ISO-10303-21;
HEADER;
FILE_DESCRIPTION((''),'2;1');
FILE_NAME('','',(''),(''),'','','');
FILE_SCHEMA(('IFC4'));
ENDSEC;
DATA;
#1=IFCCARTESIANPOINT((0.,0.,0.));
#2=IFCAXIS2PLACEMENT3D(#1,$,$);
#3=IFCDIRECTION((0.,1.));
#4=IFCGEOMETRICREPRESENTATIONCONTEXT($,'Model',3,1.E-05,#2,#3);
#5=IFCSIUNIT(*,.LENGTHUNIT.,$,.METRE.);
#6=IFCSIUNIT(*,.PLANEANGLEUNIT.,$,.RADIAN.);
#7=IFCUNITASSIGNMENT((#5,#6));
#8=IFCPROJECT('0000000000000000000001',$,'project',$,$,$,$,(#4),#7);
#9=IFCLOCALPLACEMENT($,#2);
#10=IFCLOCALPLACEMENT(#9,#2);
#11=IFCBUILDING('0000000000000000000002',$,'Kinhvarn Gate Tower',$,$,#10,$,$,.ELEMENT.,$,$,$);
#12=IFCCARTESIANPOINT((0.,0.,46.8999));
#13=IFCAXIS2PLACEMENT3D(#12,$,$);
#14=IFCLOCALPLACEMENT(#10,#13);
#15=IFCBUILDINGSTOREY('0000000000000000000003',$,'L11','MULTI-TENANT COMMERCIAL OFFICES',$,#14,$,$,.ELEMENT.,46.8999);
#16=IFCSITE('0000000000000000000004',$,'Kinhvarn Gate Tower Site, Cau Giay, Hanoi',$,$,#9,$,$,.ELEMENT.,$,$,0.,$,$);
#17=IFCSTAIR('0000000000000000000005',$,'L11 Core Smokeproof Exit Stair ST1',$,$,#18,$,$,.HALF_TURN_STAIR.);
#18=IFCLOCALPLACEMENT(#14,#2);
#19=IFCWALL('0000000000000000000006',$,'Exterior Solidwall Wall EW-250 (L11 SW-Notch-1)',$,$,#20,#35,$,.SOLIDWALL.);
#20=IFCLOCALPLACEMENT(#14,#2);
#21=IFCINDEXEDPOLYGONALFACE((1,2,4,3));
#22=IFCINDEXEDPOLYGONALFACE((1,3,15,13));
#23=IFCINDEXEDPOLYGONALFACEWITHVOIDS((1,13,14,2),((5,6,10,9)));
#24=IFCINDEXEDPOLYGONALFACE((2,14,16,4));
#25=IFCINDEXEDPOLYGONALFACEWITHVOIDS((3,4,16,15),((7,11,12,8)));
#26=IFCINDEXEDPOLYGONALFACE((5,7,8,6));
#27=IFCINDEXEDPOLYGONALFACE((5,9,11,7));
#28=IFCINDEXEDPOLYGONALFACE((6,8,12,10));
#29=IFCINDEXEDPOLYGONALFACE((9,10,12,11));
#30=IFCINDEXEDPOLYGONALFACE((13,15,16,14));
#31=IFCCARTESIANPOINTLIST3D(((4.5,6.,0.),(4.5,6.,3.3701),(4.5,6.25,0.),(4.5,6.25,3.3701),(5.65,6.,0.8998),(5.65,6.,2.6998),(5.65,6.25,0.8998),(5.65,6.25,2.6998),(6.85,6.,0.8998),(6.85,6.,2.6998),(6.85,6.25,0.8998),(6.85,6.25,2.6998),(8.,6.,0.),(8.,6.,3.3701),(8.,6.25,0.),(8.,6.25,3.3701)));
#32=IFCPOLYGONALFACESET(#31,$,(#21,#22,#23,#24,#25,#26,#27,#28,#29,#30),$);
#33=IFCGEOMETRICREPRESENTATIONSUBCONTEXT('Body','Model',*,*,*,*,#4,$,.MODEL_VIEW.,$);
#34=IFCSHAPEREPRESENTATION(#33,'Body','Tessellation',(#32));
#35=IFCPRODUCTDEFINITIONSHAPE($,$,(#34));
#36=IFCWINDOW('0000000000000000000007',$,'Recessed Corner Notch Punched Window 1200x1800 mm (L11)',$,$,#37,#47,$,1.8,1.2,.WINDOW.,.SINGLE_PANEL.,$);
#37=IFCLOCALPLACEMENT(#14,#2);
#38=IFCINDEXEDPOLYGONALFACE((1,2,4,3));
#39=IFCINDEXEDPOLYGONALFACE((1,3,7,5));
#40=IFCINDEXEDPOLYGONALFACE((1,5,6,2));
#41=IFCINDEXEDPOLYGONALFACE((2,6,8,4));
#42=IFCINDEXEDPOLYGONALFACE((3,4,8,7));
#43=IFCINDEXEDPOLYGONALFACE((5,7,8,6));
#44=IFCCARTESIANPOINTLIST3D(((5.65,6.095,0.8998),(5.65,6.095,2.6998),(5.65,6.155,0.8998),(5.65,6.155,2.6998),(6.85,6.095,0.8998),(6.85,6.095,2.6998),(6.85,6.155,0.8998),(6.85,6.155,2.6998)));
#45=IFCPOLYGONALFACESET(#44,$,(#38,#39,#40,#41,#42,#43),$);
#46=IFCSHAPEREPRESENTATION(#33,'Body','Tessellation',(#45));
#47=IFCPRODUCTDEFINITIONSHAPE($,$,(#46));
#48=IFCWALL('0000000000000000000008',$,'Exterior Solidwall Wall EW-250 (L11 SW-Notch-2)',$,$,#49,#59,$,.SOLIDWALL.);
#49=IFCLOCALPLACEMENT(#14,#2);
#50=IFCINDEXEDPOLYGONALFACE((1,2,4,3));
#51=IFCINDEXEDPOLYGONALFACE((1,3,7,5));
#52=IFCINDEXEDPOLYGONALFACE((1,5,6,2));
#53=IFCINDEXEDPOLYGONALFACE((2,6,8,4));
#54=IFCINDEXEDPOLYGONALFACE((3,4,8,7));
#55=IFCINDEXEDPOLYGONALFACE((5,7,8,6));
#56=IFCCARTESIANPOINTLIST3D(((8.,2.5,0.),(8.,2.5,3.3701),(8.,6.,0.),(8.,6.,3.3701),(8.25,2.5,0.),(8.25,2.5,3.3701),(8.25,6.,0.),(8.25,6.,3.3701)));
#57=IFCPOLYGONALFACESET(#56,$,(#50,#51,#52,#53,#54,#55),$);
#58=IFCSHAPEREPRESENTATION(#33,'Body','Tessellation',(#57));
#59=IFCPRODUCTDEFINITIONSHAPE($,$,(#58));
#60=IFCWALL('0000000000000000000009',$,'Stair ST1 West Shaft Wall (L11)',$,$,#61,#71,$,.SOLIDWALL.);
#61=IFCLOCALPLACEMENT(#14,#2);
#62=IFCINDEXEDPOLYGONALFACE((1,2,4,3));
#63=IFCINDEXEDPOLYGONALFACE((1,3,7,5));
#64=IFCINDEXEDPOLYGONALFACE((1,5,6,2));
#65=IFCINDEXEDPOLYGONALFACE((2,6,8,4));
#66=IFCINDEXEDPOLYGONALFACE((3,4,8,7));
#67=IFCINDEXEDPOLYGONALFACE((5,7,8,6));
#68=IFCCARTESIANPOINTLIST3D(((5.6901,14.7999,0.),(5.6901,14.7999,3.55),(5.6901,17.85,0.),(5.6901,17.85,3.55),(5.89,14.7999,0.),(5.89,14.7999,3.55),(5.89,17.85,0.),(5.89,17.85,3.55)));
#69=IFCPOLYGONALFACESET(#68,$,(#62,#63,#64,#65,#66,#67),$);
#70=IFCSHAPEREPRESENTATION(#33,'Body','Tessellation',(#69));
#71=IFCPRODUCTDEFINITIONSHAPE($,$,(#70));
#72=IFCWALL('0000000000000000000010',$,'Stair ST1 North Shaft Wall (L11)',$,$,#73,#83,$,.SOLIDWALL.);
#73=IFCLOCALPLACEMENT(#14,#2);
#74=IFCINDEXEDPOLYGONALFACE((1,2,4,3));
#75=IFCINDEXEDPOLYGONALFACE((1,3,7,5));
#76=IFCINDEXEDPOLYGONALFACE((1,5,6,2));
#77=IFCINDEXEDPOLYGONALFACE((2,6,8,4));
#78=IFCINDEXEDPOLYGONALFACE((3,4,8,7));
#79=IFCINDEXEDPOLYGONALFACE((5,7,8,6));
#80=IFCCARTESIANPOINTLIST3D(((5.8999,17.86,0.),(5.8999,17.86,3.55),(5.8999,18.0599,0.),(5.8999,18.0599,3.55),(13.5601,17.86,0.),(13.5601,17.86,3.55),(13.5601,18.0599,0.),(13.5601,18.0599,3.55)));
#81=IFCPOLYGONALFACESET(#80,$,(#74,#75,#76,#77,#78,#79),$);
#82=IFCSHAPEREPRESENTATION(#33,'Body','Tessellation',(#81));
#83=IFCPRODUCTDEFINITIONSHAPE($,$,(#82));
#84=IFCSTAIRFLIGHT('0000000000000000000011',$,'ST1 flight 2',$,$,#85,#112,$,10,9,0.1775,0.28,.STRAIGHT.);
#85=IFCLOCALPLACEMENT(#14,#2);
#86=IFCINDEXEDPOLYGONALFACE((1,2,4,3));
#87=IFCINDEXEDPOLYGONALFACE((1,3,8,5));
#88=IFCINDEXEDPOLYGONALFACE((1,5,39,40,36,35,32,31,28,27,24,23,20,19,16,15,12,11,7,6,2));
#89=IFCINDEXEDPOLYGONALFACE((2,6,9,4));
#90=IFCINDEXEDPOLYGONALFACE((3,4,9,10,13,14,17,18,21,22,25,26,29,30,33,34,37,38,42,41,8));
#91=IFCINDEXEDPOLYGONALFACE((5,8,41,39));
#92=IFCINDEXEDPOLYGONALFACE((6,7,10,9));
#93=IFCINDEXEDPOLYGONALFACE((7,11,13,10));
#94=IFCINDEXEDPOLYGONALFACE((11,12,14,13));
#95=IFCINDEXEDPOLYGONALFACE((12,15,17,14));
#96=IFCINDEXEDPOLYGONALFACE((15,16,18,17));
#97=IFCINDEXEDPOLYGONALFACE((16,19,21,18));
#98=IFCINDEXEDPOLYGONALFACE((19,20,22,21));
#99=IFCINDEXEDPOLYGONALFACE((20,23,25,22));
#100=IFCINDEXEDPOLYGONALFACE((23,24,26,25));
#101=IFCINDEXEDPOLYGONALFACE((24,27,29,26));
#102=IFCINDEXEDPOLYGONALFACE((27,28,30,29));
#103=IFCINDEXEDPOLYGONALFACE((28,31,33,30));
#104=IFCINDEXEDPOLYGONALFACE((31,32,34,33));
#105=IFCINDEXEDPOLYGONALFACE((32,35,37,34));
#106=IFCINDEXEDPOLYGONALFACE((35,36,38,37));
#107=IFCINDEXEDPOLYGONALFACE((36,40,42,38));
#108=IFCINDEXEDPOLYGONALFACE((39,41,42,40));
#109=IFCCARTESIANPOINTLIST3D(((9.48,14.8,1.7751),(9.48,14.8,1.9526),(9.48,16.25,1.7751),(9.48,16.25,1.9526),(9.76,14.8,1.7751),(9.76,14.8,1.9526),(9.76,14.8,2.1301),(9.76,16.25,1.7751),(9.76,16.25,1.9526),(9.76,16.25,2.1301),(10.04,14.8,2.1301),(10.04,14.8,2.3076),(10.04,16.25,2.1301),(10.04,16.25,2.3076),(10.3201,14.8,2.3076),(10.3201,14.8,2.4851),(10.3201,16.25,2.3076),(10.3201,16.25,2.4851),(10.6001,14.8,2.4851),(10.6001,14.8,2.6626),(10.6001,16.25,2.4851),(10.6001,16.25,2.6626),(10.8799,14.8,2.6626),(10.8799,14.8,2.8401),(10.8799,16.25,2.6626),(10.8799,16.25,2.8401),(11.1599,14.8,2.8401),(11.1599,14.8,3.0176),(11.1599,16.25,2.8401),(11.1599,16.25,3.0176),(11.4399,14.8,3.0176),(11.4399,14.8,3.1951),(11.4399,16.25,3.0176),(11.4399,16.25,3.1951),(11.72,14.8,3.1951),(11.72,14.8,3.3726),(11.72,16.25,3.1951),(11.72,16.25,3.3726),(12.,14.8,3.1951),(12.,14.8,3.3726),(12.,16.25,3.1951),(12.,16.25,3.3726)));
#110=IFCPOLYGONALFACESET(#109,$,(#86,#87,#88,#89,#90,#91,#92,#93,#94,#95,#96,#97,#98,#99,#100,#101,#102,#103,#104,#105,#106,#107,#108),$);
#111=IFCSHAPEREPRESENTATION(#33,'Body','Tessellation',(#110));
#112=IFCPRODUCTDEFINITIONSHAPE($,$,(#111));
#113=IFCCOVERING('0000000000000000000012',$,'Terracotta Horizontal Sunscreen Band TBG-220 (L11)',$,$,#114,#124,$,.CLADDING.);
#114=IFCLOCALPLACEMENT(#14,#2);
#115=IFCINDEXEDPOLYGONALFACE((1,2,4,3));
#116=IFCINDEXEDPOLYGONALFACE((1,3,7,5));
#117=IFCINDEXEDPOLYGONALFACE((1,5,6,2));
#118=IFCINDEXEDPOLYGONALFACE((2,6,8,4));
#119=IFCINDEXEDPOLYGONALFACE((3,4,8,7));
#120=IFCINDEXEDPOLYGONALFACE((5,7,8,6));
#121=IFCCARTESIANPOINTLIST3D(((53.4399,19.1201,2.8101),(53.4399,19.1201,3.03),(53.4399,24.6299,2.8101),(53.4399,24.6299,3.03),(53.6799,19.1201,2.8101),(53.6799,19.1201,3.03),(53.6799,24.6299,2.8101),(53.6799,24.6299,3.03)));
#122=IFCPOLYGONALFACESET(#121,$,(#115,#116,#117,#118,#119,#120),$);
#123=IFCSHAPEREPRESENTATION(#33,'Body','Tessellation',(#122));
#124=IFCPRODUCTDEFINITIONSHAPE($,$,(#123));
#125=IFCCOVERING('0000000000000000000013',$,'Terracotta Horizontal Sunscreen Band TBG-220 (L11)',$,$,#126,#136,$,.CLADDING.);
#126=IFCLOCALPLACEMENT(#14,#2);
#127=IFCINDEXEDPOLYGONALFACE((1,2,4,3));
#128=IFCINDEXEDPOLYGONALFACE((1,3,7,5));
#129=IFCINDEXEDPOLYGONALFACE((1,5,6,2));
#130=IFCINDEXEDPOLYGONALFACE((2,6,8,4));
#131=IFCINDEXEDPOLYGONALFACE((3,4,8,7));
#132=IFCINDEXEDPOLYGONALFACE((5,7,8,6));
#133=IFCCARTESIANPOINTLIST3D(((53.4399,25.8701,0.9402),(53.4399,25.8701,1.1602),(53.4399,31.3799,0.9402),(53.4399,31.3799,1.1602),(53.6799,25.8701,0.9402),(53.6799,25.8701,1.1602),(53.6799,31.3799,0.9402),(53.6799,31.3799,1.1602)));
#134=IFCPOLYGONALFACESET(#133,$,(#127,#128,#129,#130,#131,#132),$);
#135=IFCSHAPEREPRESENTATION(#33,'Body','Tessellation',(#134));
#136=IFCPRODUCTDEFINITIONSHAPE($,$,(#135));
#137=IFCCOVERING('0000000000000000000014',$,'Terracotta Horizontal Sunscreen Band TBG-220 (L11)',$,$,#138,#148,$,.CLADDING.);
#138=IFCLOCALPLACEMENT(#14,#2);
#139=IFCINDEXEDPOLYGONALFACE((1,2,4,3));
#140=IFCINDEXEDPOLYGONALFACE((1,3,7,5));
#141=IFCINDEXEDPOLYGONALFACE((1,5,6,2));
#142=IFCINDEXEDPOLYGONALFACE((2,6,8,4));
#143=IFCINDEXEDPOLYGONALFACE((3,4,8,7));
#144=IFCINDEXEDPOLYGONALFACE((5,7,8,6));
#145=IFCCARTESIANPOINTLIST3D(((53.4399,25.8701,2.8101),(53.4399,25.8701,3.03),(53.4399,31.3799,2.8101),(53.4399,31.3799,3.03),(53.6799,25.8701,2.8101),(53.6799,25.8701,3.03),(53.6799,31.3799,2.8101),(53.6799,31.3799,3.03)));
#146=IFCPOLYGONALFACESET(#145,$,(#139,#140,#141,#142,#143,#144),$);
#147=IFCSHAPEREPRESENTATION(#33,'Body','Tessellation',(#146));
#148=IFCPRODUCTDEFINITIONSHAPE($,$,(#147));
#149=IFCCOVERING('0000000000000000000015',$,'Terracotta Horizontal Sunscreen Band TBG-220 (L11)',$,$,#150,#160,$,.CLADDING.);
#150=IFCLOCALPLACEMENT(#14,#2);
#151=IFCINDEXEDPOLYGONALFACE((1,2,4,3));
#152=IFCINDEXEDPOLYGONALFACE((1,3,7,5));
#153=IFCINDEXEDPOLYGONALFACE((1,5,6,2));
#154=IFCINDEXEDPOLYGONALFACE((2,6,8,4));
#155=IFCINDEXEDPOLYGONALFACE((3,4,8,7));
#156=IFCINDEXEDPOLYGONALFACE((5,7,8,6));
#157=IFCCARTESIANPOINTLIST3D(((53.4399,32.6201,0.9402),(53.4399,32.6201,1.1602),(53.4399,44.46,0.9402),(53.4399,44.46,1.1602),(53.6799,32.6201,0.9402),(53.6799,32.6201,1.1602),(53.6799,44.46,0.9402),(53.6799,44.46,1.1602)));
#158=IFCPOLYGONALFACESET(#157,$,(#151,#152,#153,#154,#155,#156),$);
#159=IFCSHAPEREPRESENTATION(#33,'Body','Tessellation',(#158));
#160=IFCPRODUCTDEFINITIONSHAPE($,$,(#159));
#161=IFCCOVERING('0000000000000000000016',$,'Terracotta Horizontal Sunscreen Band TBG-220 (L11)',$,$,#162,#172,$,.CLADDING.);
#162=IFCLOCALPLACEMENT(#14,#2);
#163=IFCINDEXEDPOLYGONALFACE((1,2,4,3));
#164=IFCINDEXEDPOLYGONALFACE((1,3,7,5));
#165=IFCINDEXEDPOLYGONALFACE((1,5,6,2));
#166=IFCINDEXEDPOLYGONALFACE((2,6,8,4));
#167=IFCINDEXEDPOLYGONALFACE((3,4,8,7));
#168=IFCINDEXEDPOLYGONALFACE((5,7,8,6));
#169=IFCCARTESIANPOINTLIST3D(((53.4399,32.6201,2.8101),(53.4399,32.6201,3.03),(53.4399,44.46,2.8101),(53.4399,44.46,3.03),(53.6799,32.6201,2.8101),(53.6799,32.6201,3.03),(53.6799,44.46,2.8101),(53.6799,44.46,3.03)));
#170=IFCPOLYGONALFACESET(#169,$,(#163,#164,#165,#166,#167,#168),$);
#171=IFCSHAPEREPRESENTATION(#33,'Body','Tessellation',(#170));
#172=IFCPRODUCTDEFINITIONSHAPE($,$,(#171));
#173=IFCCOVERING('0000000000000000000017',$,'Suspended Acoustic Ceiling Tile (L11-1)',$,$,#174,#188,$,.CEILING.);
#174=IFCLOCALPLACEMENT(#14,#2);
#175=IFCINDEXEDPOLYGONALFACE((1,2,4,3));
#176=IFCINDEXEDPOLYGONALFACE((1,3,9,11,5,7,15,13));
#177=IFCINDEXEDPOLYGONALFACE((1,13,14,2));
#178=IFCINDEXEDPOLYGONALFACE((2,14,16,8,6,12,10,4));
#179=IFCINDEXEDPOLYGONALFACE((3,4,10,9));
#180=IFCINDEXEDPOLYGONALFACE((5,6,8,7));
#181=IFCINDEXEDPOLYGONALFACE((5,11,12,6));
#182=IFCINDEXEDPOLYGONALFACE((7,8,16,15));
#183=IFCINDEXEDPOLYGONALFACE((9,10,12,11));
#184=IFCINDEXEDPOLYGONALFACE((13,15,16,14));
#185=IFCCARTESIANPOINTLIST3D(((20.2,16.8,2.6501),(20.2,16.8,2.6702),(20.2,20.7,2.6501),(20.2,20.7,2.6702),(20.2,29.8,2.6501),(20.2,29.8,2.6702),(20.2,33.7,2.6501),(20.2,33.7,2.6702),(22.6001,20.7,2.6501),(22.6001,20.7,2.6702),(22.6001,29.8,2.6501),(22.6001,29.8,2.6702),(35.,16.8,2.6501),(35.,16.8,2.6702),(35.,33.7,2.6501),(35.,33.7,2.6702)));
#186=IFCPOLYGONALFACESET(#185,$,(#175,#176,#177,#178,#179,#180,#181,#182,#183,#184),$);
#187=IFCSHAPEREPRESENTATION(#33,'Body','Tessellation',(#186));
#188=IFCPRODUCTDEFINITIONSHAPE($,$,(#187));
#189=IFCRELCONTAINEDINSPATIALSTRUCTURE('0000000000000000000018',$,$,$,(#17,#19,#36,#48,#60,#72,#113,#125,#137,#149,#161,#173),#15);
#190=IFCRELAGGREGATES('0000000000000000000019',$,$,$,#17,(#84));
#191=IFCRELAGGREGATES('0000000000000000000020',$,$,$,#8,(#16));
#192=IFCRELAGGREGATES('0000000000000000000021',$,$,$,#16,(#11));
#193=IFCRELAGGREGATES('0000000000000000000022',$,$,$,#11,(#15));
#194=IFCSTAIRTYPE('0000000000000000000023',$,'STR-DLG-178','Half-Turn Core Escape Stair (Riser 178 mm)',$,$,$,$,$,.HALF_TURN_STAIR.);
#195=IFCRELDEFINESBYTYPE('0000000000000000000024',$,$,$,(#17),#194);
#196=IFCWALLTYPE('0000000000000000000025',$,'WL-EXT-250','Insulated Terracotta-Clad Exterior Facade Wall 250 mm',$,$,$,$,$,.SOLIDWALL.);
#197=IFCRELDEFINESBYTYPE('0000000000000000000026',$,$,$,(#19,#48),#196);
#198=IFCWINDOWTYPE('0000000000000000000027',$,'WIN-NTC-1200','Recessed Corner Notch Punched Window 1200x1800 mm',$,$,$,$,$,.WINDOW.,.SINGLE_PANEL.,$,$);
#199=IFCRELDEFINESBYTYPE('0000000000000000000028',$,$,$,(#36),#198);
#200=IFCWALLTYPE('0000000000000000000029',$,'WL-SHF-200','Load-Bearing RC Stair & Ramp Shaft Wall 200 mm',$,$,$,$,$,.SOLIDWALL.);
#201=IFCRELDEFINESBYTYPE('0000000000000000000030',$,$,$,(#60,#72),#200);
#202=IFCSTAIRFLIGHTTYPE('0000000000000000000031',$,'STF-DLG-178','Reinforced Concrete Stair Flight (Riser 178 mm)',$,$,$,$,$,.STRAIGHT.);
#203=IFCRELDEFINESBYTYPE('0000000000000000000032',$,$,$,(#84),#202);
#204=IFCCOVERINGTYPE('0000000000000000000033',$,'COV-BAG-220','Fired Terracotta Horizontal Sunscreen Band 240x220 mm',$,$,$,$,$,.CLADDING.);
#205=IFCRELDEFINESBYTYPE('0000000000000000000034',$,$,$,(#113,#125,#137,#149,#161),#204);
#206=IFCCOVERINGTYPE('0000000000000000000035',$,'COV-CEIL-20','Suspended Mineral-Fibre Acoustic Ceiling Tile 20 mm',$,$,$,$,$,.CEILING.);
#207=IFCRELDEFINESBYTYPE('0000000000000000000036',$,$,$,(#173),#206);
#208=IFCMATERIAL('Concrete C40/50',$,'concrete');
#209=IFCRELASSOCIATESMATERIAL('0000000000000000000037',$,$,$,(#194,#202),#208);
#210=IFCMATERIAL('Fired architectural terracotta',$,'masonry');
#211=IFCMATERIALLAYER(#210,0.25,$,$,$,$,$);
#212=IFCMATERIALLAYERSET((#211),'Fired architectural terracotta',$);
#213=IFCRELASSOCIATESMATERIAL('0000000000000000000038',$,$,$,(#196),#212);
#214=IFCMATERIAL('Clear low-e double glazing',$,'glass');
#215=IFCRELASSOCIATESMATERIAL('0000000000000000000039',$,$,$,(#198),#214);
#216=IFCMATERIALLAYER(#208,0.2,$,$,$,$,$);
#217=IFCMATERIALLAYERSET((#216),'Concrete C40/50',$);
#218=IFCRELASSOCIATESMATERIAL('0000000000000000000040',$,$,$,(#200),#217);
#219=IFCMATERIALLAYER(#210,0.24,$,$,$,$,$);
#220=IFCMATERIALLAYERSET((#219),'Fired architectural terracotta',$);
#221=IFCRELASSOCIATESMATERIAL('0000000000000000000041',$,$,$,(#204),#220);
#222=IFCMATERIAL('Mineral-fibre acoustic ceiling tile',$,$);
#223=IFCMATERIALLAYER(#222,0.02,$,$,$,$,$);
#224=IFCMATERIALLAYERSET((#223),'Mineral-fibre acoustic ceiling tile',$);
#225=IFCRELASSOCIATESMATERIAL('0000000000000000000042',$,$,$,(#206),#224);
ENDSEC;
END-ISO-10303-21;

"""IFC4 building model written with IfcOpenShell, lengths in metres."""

from ifc_helpers import new_model, si_unit, direction, frame, frame_2d, origin, place, context, subcontext, project, spatial, polyline, rectangle, outline, extrude, material, layer, layer_set, type_object, element, fill, aggregate, save


model = new_model("IFC4")

# Units and contexts
model_context = context("Model", 3, precision=1e-05, world=origin(), true_north=direction((0.0, 1.0)))
body_context = subcontext(model_context, "Body", "Model", "MODEL_VIEW")
ifc_project = project(units=[si_unit("LENGTHUNIT", "METRE"), si_unit("PLANEANGLEUNIT", "RADIAN")], contexts=[model_context])

# Site, building, storey
site_placement = place(None, origin())
site = spatial("IfcSite", under=ifc_project, at=site_placement, Name="Kinhvarn Gate Tower Site, Cau Giay, Hanoi", CompositionType="ELEMENT", RefElevation=0.0)
building_placement = place(site_placement, origin())
building = spatial("IfcBuilding", under=site, at=building_placement, Name="Kinhvarn Gate Tower", CompositionType="ELEMENT")
storey_placement = place(building_placement, frame((0.0, 0.0, 46.8999)))
storey = spatial("IfcBuildingStorey", under=building, at=storey_placement, Name="L11", Description="MULTI-TENANT COMMERCIAL OFFICES", CompositionType="ELEMENT", Elevation=46.8999)

# Shared definitions
ifc_material_1 = material(Name="Clear low-e double glazing", Category="glass")

# Stair
ifc_material_2 = material(Name="Concrete C40/50", Category="concrete")
stair_type = type_object("IfcStairType", Name="STR-DLG-178", Description="Half-Turn Core Escape Stair (Riser 178 mm)", PredefinedType="HALF_TURN_STAIR", material=ifc_material_2)
stair_1_placement = place(storey_placement, origin())
stair_1 = element("IfcStair", 1, at=stair_1_placement, inside=storey, type_object=stair_type, Name="L11 Core Smokeproof Exit Stair ST1", PredefinedType="HALF_TURN_STAIR")

# Wall, opening, window
ifc_material_3 = material(Name="Fired architectural terracotta", Category="masonry")
ifc_layer_1 = layer(ifc_material_3, 0.25)
ifc_layer_set_1 = layer_set([ifc_layer_1], Name="Fired architectural terracotta")
wall_type_1 = type_object("IfcWallType", Name="WL-EXT-250", Description="Insulated Terracotta-Clad Exterior Facade Wall 250 mm", PredefinedType="SOLIDWALL", material=ifc_layer_set_1)
wall_1_placement = place(storey_placement, frame((4.5, 6.125, 0.0), z_axis=(0.0, 0.0, 1.0), x_axis=(1.0, 0.0, 0.0)))
wall_1 = element("IfcWall", 2, at=wall_1_placement, inside=storey, type_object=wall_type_1, Name="Exterior Solidwall Wall EW-250 (L11 SW-Notch-1)", PredefinedType="SOLIDWALL", context=body_context, shape_type="SweptSolid", body=[
    extrude(rectangle(XDim=3.5, YDim=0.25, at=frame_2d((1.75, 0.0))), origin(), (0.0, 0.0, 1.0), 3.3701),
])
opening_1_placement = place(wall_1_placement, frame((1.1499, 0.0, 0.8999)))
opening_1 = element("IfcOpeningElement", 3, at=opening_1_placement, cuts=wall_1, PredefinedType="OPENING", context=body_context, shape_type="SweptSolid", body=[
    extrude(rectangle(XDim=1.2, YDim=1.8, at=frame_2d((0.6001, 0.8999))), frame((0.0, 0.135, 0.0), z_axis=(0.0, -1.0, 0.0), x_axis=(1.0, 0.0, 0.0)), (0.0, 0.0, 1.0), 0.27),
])
window_type_1 = type_object("IfcWindowType", Name="WIN-NTC-1200", Description="Recessed Corner Notch Punched Window 1200x1800 mm", PartitioningType="SINGLE_PANEL", PredefinedType="WINDOW", material=ifc_material_1)
window_1_placement = place(opening_1_placement, origin())
window_1 = element("IfcWindow", 4, at=window_1_placement, inside=storey, type_object=window_type_1, Name="Recessed Corner Notch Punched Window 1200x1800 mm (L11)", OverallHeight=1.8, OverallWidth=1.2, PartitioningType="SINGLE_PANEL", PredefinedType="WINDOW", context=body_context, shape_type="SweptSolid", body=[
    extrude(rectangle(XDim=1.2, YDim=1.8, at=frame_2d((0.6001, 0.8999))), frame((0.0, 0.03, 0.0), z_axis=(0.0, -1.0, 0.0), x_axis=(1.0, 0.0, 0.0)), (0.0, 0.0, 1.0), 0.0601),
])
fill(opening_1, window_1)

# Walls
wall_2_placement = place(storey_placement, frame((8.125, 6.0, 0.0), z_axis=(0.0, 0.0, 1.0), x_axis=(0.0, -1.0, 0.0)))
element("IfcWall", 5, at=wall_2_placement, inside=storey, type_object=wall_type_1, Name="Exterior Solidwall Wall EW-250 (L11 SW-Notch-2)", PredefinedType="SOLIDWALL", context=body_context, shape_type="SweptSolid", body=[
    extrude(rectangle(XDim=3.5, YDim=0.25, at=frame_2d((1.75, 0.0))), origin(), (0.0, 0.0, 1.0), 3.3701),
])
ifc_layer_2 = layer(ifc_material_2, 0.2)
ifc_layer_set_2 = layer_set([ifc_layer_2], Name="Concrete C40/50")
wall_type_2 = type_object("IfcWallType", Name="WL-SHF-200", Description="Load-Bearing RC Stair & Ramp Shaft Wall 200 mm", PredefinedType="SOLIDWALL", material=ifc_layer_set_2)
wall_3_placement = place(storey_placement, frame((5.79, 14.8, 0.0), z_axis=(0.0, 0.0, 1.0), x_axis=(0.0, 1.0, 0.0)))
element("IfcWall", 6, at=wall_3_placement, inside=storey, type_object=wall_type_2, Name="Stair ST1 West Shaft Wall (L11)", PredefinedType="SOLIDWALL", context=body_context, shape_type="SweptSolid", body=[
    extrude(rectangle(XDim=3.05, YDim=0.2, at=frame_2d((1.5249, 0.0))), origin(), (0.0, 0.0, 1.0), 3.55),
])
wall_4_placement = place(storey_placement, frame((5.8999, 17.96, 0.0), z_axis=(0.0, 0.0, 1.0), x_axis=(1.0, 0.0, 0.0)))
element("IfcWall", 7, at=wall_4_placement, inside=storey, type_object=wall_type_2, Name="Stair ST1 North Shaft Wall (L11)", PredefinedType="SOLIDWALL", context=body_context, shape_type="SweptSolid", body=[
    extrude(rectangle(XDim=7.6602, YDim=0.2, at=frame_2d((3.8301, 0.0))), origin(), (0.0, 0.0, 1.0), 3.55),
])

# Stair flight
stair_flight_type = type_object("IfcStairFlightType", Name="STF-DLG-178", Description="Reinforced Concrete Stair Flight (Riser 178 mm)", PredefinedType="STRAIGHT", material=ifc_material_2)
stair_flight_placement = place(storey_placement, frame((9.48, 15.5249, 1.7751), z_axis=(0.0, 0.0, 1.0), x_axis=(1.0, 0.0, 0.0)))
stair_flight = element("IfcStairFlight", 8, at=stair_flight_placement, type_object=stair_flight_type, Name="ST1 flight 2", NumberOfRisers=10, NumberOfTreads=9, PredefinedType="STRAIGHT", RiserHeight=0.1775, TreadLength=0.28, context=body_context, shape_type="SweptSolid", body=[
    extrude(outline(polyline([(0.0, 0.0), (0.0, 0.1775), (0.28, 0.1775), (0.28, 0.355), (0.5601, 0.355), (0.5601, 0.5325), (0.8401, 0.5325), (0.8401, 0.71), (1.1201, 0.71), (1.1201, 0.8875), (1.3999, 0.8875), (1.3999, 1.0649), (1.6799, 1.0649), (1.6799, 1.2424), (1.96, 1.2424), (1.96, 1.4199), (2.24, 1.4199), (2.24, 1.5974), (2.52, 1.5974), (2.52, 1.7749), (2.52, 1.4199), (0.28, 0.0), (0.0, 0.0)])), frame((0.0, 0.7251, 0.0), z_axis=(0.0, -1.0, 0.0), x_axis=(1.0, 0.0, 0.0)), (0.0, 0.0, 1.0), 1.45),
])
aggregate(stair_1, [stair_flight])

# Coverings
ifc_layer_3 = layer(ifc_material_3, 0.24)
ifc_layer_set_3 = layer_set([ifc_layer_3], Name="Fired architectural terracotta")
covering_type_1 = type_object("IfcCoveringType", Name="COV-BAG-220", Description="Fired Terracotta Horizontal Sunscreen Band 240x220 mm", PredefinedType="CLADDING", material=ifc_layer_set_3)
covering_1_placement = place(storey_placement, frame((0.0, 0.0, 2.8101)))
element("IfcCovering", 9, at=covering_1_placement, inside=storey, type_object=covering_type_1, Name="Terracotta Horizontal Sunscreen Band TBG-220 (L11)", PredefinedType="CLADDING", context=body_context, shape_type="SweptSolid", body=[
    extrude(outline(polyline([(53.4399, 19.1201), (53.4399, 24.6299), (53.6799, 24.6299), (53.6799, 19.1201), (53.4399, 19.1201)])), origin(), (0.0, 0.0, 1.0), 0.22),
])
for number, where, name in (
    (10, (0.0, 0.0, 0.9402), "Terracotta Horizontal Sunscreen Band TBG-220 (L11)"),
    (11, (0.0, 0.0, 2.8101), "Terracotta Horizontal Sunscreen Band TBG-220 (L11)"),
):
    element("IfcCovering", number, at=place(storey_placement, frame(where)), inside=storey, type_object=covering_type_1, Name=name, PredefinedType="CLADDING", context=body_context, shape_type="SweptSolid", body=[
        extrude(outline(polyline([(53.4399, 25.8701), (53.4399, 31.3799), (53.6799, 31.3799), (53.6799, 25.8701), (53.4399, 25.8701)])), origin(), (0.0, 0.0, 1.0), 0.22),
    ])
for number, where, name in (
    (12, (0.0, 0.0, 0.9402), "Terracotta Horizontal Sunscreen Band TBG-220 (L11)"),
    (13, (0.0, 0.0, 2.8101), "Terracotta Horizontal Sunscreen Band TBG-220 (L11)"),
):
    element("IfcCovering", number, at=place(storey_placement, frame(where)), inside=storey, type_object=covering_type_1, Name=name, PredefinedType="CLADDING", context=body_context, shape_type="SweptSolid", body=[
        extrude(outline(polyline([(53.4399, 32.6201), (53.4399, 44.46), (53.6799, 44.46), (53.6799, 32.6201), (53.4399, 32.6201)])), origin(), (0.0, 0.0, 1.0), 0.22),
    ])
ifc_material_4 = material(Name="Mineral-fibre acoustic ceiling tile")
ifc_layer_4 = layer(ifc_material_4, 0.02)
ifc_layer_set_4 = layer_set([ifc_layer_4], Name="Mineral-fibre acoustic ceiling tile")
covering_type_2 = type_object("IfcCoveringType", Name="COV-CEIL-20", Description="Suspended Mineral-Fibre Acoustic Ceiling Tile 20 mm", PredefinedType="CEILING", material=ifc_layer_set_4)
covering_2_placement = place(storey_placement, frame((0.0, 0.0, 2.6501)))
element("IfcCovering", 14, at=covering_2_placement, inside=storey, type_object=covering_type_2, Name="Suspended Acoustic Ceiling Tile (L11-1)", PredefinedType="CEILING", context=body_context, shape_type="SweptSolid", body=[
    extrude(outline(polyline([(35.0, 33.7), (35.0, 16.8), (20.2, 16.8), (20.2, 20.7), (22.6001, 20.7), (22.6001, 29.8), (20.2, 29.8), (20.2, 33.7), (35.0, 33.7)])), origin(), (0.0, 0.0, 1.0), 0.02),
])

save(model, "model.ifc")
